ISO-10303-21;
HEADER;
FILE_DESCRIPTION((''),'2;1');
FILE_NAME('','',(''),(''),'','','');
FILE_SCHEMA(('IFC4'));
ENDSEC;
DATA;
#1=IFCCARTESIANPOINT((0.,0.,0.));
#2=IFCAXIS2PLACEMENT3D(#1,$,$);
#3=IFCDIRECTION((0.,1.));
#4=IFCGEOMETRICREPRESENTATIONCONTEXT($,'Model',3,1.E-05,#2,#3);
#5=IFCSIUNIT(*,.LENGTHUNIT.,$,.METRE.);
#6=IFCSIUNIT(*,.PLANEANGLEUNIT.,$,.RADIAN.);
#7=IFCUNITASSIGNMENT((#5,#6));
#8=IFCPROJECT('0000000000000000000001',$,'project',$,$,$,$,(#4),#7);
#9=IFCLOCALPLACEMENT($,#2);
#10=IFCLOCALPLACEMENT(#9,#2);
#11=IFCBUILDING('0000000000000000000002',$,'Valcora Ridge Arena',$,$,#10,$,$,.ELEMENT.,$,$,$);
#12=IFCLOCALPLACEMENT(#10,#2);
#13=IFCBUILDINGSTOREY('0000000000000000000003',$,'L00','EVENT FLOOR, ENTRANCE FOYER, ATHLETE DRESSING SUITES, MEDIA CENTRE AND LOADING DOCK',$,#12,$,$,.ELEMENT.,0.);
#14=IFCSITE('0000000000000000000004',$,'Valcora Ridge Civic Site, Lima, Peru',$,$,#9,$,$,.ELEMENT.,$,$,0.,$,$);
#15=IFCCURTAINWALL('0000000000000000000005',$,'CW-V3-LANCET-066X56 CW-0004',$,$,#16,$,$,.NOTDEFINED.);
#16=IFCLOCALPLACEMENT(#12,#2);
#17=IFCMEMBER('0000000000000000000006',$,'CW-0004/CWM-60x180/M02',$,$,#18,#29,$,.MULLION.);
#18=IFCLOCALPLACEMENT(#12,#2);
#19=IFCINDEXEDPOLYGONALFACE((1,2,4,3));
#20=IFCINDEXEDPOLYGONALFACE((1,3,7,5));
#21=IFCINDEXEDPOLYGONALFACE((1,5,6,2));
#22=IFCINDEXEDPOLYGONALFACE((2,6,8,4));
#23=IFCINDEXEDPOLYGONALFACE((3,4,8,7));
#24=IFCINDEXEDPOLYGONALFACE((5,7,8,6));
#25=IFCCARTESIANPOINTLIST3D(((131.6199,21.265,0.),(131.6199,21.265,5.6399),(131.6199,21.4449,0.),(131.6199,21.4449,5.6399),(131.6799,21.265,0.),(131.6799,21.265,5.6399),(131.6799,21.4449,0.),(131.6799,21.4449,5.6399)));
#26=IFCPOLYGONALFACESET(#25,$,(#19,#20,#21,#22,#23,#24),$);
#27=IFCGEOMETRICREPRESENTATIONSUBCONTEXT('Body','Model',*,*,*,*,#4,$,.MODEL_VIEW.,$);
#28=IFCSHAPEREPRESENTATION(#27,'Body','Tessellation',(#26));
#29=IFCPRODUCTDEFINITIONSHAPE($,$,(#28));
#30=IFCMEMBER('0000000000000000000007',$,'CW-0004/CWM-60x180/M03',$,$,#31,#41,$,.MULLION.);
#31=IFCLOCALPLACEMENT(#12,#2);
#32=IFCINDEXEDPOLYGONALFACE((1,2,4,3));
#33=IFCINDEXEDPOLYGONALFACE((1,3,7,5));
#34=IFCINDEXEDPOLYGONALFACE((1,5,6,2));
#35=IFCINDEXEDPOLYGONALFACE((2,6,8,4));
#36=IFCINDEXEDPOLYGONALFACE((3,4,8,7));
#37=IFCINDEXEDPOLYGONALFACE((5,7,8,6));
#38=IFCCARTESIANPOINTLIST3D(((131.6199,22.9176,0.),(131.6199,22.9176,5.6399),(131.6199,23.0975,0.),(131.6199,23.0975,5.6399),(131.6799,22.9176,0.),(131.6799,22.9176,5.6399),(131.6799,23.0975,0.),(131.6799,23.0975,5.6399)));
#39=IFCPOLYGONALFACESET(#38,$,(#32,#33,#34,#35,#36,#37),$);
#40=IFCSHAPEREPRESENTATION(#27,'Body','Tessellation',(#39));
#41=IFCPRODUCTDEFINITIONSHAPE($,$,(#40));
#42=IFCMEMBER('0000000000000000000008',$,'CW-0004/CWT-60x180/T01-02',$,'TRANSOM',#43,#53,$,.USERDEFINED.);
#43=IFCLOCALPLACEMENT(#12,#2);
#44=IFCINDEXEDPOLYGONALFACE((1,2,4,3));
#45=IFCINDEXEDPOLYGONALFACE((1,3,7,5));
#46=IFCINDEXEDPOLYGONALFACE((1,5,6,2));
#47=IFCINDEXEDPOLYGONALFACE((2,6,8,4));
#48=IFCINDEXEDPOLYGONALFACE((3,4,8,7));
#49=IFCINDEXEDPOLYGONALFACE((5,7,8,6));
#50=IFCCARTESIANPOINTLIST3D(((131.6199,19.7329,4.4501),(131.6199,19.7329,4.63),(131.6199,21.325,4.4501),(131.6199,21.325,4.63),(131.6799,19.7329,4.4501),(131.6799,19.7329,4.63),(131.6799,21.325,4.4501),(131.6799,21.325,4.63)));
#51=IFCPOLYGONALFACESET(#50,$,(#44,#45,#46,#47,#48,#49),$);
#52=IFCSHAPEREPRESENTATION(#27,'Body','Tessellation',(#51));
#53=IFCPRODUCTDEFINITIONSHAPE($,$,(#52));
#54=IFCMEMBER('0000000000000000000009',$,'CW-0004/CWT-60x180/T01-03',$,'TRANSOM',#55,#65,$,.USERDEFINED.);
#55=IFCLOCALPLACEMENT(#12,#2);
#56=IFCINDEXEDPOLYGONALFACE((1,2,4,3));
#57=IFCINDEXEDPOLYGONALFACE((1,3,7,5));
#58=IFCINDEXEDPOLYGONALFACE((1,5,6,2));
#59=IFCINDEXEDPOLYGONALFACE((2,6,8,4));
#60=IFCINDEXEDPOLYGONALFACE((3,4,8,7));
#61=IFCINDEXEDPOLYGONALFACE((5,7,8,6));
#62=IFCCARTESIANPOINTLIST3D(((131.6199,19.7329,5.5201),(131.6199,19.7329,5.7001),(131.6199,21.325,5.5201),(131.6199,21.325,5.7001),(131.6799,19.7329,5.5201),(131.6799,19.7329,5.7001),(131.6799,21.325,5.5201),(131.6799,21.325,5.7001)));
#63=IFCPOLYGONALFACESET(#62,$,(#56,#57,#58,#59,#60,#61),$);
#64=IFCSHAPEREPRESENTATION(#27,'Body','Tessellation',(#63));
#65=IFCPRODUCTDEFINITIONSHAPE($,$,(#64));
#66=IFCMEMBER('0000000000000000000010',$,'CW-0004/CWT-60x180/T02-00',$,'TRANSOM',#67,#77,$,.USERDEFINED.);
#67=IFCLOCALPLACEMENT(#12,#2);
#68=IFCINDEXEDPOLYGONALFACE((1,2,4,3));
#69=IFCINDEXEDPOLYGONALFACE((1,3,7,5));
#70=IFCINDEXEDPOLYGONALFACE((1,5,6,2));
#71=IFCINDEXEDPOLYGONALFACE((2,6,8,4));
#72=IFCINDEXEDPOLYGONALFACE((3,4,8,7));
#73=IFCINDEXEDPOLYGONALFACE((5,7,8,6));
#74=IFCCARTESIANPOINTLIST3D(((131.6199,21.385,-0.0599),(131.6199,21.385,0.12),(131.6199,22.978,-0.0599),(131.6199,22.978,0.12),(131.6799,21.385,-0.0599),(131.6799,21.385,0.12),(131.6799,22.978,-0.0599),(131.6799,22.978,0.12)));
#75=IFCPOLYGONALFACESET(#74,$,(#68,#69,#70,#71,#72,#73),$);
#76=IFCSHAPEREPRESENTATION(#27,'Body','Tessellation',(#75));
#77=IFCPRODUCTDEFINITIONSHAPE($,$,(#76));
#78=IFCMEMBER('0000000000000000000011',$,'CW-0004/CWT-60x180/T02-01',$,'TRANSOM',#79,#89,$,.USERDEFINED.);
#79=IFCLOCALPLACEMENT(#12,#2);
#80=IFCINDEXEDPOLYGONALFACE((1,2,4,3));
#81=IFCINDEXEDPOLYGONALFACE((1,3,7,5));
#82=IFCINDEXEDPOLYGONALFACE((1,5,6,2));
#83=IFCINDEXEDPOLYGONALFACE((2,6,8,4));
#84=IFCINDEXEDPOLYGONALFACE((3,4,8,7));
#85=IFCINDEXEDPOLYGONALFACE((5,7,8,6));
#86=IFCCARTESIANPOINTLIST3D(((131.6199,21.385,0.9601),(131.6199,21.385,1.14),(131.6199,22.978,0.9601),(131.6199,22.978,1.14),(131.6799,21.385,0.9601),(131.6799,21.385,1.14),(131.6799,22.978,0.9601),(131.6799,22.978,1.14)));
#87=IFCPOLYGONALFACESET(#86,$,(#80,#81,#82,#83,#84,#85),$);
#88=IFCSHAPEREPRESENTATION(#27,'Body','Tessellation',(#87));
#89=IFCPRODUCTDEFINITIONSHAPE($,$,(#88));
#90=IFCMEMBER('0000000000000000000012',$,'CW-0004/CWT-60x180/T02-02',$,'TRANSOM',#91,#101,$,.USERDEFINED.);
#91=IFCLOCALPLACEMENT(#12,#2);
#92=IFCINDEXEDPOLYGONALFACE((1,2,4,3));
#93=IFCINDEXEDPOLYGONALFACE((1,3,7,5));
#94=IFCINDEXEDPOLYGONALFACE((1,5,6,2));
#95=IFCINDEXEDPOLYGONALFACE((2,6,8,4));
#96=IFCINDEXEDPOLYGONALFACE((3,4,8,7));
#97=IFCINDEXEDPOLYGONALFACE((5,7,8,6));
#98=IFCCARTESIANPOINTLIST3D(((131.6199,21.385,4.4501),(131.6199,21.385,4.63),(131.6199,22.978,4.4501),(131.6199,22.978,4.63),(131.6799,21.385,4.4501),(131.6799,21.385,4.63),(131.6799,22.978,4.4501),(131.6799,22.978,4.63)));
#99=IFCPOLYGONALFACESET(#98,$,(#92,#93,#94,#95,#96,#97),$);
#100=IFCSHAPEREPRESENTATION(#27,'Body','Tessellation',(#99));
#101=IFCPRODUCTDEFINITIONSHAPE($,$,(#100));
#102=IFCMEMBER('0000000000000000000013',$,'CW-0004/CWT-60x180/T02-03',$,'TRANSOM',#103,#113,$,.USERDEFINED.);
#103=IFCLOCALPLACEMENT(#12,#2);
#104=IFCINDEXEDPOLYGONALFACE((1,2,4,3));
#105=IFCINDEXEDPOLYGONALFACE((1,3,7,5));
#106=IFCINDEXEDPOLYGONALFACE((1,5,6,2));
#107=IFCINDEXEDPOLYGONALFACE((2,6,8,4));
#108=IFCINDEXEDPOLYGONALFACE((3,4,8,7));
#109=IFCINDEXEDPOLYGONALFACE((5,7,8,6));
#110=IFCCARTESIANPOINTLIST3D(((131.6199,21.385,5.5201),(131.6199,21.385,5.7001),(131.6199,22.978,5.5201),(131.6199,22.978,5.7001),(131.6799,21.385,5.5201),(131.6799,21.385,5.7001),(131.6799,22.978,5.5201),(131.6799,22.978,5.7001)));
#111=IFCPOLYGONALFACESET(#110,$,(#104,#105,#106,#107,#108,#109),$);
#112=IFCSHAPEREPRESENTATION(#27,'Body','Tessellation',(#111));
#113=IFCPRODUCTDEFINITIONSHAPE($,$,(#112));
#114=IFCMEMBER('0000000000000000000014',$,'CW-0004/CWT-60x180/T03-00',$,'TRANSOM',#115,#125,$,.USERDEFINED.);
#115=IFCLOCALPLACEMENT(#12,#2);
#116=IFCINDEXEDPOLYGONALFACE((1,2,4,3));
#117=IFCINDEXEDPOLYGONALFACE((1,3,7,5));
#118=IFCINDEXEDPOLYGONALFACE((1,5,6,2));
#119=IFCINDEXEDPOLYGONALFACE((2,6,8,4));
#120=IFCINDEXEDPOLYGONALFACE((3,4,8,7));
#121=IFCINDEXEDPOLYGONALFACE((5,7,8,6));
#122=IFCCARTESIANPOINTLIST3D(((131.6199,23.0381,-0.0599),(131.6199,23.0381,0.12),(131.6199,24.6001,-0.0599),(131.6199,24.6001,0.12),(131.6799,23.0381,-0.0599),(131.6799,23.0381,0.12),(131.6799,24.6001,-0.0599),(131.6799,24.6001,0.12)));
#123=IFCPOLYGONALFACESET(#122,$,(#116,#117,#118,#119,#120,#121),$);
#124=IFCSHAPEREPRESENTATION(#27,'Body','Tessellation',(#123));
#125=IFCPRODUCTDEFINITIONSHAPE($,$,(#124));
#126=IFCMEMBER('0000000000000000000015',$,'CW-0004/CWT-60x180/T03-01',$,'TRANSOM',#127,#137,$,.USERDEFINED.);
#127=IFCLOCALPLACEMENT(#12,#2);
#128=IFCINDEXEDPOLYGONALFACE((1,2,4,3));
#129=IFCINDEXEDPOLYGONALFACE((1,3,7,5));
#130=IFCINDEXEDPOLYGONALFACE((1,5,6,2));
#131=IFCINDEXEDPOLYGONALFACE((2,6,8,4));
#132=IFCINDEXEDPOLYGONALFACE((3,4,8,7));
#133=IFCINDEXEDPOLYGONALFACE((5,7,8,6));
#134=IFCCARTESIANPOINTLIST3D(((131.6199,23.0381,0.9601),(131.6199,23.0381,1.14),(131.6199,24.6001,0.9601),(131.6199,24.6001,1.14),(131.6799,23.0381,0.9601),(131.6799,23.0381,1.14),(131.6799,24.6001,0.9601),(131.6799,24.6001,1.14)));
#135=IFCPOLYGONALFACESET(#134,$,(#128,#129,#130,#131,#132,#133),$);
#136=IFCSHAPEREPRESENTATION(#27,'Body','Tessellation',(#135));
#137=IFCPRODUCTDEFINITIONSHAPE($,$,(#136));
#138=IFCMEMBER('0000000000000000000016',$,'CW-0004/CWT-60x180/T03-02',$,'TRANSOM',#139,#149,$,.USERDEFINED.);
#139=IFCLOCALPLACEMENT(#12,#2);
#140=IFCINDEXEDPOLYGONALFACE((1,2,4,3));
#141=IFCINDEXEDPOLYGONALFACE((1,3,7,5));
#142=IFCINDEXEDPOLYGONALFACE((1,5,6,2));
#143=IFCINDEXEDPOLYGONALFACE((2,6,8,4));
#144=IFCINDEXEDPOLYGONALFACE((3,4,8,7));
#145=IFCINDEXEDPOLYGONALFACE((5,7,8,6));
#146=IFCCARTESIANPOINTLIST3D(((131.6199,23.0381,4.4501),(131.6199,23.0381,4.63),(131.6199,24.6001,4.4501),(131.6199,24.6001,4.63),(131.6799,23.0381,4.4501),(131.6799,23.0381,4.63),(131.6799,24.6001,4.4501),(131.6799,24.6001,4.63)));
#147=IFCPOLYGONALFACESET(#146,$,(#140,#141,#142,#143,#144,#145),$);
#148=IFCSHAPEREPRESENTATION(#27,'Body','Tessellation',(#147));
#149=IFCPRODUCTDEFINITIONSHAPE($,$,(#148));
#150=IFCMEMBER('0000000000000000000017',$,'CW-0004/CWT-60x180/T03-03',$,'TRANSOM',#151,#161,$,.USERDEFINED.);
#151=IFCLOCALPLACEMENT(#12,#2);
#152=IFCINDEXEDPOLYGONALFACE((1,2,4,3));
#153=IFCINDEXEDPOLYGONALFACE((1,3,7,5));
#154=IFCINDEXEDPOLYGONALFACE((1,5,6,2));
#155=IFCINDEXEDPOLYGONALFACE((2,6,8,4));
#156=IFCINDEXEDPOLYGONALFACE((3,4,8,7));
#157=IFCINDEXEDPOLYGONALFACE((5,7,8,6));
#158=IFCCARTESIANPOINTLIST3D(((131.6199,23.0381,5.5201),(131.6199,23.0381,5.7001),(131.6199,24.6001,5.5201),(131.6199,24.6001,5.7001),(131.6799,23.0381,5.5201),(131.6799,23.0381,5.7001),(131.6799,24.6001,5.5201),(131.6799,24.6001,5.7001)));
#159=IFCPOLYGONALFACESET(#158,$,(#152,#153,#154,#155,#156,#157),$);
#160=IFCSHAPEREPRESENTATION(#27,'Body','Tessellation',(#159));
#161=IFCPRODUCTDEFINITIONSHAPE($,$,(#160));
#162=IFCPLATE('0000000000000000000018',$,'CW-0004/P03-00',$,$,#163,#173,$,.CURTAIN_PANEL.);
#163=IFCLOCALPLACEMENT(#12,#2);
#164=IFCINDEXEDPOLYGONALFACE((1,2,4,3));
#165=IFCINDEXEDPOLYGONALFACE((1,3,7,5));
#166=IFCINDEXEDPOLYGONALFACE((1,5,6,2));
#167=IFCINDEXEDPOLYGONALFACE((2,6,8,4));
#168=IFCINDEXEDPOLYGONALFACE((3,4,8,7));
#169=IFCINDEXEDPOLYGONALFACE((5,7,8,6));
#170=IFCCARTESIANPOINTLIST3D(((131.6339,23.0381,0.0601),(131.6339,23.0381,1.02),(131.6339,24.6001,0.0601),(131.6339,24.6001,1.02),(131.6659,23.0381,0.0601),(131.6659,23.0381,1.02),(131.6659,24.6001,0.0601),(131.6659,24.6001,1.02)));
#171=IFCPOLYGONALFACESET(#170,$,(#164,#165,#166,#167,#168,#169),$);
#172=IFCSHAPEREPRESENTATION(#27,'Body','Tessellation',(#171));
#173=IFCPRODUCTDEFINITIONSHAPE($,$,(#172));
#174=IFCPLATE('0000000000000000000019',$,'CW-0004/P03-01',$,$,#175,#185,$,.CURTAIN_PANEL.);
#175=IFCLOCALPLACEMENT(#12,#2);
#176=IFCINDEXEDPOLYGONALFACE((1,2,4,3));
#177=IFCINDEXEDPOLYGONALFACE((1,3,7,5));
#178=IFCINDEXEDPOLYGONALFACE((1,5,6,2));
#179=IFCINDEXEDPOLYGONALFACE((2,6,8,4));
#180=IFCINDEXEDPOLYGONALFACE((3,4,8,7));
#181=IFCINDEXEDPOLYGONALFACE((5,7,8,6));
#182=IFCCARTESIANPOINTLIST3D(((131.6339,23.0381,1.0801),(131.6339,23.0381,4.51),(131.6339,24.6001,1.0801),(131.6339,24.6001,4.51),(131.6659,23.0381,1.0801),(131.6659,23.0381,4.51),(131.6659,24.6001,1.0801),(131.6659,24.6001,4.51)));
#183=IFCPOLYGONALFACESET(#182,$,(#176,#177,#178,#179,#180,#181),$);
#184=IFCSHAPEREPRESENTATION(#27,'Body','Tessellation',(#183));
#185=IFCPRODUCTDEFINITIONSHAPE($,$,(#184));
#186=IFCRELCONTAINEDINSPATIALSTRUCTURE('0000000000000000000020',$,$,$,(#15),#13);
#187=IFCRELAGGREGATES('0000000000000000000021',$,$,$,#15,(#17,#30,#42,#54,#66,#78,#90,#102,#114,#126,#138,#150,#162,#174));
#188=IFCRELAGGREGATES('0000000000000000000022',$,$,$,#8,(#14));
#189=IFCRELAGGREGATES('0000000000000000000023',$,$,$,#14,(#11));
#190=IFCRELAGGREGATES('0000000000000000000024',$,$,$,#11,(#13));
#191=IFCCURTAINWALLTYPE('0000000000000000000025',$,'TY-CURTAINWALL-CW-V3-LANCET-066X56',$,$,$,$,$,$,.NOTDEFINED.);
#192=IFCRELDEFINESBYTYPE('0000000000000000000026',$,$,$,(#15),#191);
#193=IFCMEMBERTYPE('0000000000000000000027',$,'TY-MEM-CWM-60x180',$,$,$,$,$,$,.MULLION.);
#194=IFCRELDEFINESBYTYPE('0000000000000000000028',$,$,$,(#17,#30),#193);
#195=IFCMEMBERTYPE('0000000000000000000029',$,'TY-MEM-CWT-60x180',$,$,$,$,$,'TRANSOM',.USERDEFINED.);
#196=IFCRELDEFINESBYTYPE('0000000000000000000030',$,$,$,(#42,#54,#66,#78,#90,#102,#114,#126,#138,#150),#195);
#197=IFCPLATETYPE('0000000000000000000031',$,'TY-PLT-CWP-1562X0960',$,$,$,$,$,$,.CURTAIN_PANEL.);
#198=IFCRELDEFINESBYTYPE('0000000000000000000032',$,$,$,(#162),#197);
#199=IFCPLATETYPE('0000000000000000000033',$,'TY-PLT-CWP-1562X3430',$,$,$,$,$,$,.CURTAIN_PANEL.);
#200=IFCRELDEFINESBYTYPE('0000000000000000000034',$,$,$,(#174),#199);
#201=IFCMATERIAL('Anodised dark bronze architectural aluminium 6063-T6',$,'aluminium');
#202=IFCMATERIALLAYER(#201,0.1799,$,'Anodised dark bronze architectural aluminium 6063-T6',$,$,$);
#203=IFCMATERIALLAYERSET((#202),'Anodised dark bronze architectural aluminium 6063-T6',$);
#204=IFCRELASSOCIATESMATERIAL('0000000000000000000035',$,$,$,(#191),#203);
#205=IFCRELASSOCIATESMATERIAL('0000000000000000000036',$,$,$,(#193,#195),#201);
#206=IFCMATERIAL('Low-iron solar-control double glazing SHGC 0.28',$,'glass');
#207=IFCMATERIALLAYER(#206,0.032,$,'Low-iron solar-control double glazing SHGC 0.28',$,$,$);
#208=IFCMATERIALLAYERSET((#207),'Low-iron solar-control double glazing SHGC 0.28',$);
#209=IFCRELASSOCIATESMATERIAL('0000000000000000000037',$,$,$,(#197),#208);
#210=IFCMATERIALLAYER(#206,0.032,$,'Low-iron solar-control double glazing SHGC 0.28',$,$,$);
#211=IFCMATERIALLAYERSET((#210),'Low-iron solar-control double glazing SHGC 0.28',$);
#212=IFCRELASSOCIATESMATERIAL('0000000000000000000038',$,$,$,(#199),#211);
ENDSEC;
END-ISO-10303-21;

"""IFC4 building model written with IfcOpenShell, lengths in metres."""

from ifc_helpers import new_model, si_unit, direction, frame, origin, origin_2d, place, context, subcontext, project, spatial, rectangle, extrude, material, layer, layer_set, material_profile, profile_set, type_object, element, aggregate, save


model = new_model("IFC4")

# Units and contexts
model_context = context("Model", 3, precision=1e-05, world=origin(), true_north=direction((0.0, 1.0)))
body_context = subcontext(model_context, "Body", "Model", "MODEL_VIEW")
ifc_project = project(units=[si_unit("LENGTHUNIT", "METRE"), si_unit("PLANEANGLEUNIT", "RADIAN")], contexts=[model_context])

# Site, building, storey
site_placement = place(None, origin())
site = spatial("IfcSite", under=ifc_project, at=site_placement, Name="Valcora Ridge Civic Site, Lima, Peru", CompositionType="ELEMENT", RefElevation=0.0)
building_placement = place(site_placement, origin())
building = spatial("IfcBuilding", under=site, at=building_placement, Name="Valcora Ridge Arena", CompositionType="ELEMENT")
storey_placement = place(building_placement, origin())
storey = spatial("IfcBuildingStorey", under=building, at=storey_placement, Name="L00", Description="EVENT FLOOR, ENTRANCE FOYER, ATHLETE DRESSING SUITES, MEDIA CENTRE AND LOADING DOCK", CompositionType="ELEMENT", Elevation=0.0)

# Curtain wall, members, plates
ifc_material_1 = material(Name="Anodised dark bronze architectural aluminium 6063-T6", Category="aluminium")
ifc_layer_1 = layer(ifc_material_1, 0.1799, Name="Anodised dark bronze architectural aluminium 6063-T6")
ifc_layer_set_1 = layer_set([ifc_layer_1], Name="Anodised dark bronze architectural aluminium 6063-T6")
curtain_wall_type = type_object("IfcCurtainWallType", Name="TY-CURTAINWALL-CW-V3-LANCET-066X56", PredefinedType="NOTDEFINED", material=ifc_layer_set_1)
curtain_wall_placement = place(storey_placement, origin())
curtain_wall = element("IfcCurtainWall", 1, at=curtain_wall_placement, inside=storey, type_object=curtain_wall_type, Name="CW-V3-LANCET-066X56 CW-0004", PredefinedType="NOTDEFINED")
ifc_material_profile_1 = material_profile(ifc_material_1, rectangle(XDim=0.0601, YDim=0.1799, at=origin_2d()), Name="ALU MULLION 60x180")
ifc_profile_set_1 = profile_set([ifc_material_profile_1], Name="Anodised dark bronze architectural aluminium 6063-T6")
member_type_1 = type_object("IfcMemberType", Name="TY-MEM-CWM-60x180", PredefinedType="MULLION", material=ifc_profile_set_1)
member_1_placement = place(storey_placement, frame((131.6499, 21.355, 0.0), z_axis=(0.0, 0.0, 1.0), x_axis=(-1.0, 0.0, 0.0)))
member_1 = element("IfcMember", 2, at=member_1_placement, type_object=member_type_1, Name="CW-0004/CWM-60x180/M02", PredefinedType="MULLION", context=body_context, shape_type="SweptSolid", body=[
    extrude(rectangle(XDim=0.0601, YDim=0.1799, at=origin_2d()), origin(), (0.0, 0.0, 1.0), 5.6399),
])
member_2_placement = place(storey_placement, frame((131.6499, 23.0076, 0.0), z_axis=(0.0, 0.0, 1.0), x_axis=(-1.0, 0.0, 0.0)))
member_2 = element("IfcMember", 3, at=member_2_placement, type_object=member_type_1, Name="CW-0004/CWM-60x180/M03", PredefinedType="MULLION", context=body_context, shape_type="SweptSolid", body=[
    extrude(rectangle(XDim=0.0601, YDim=0.1799, at=origin_2d()), origin(), (0.0, 0.0, 1.0), 5.6399),
])
ifc_material_profile_2 = material_profile(ifc_material_1, rectangle(XDim=0.0601, YDim=0.1799, at=origin_2d()), Name="ALU TRANSOM 60x180")
ifc_profile_set_2 = profile_set([ifc_material_profile_2], Name="Anodised dark bronze architectural aluminium 6063-T6")
member_type_2 = type_object("IfcMemberType", Name="TY-MEM-CWT-60x180", ElementType="TRANSOM", PredefinedType="USERDEFINED", material=ifc_profile_set_2)
member_3_placement = place(storey_placement, frame((131.6499, 19.7329, 4.54), z_axis=(0.0, 1.0, 0.0), x_axis=(-1.0, 0.0, 0.0)))
member_3 = element("IfcMember", 4, at=member_3_placement, type_object=member_type_2, Name="CW-0004/CWT-60x180/T01-02", ObjectType="TRANSOM", PredefinedType="USERDEFINED", context=body_context, shape_type="SweptSolid", body=[
    extrude(rectangle(XDim=0.0601, YDim=0.1799, at=origin_2d()), origin(), (0.0, 0.0, 1.0), 1.592),
])
member_4_placement = place(storey_placement, frame((131.6499, 19.7329, 5.6101), z_axis=(0.0, 1.0, 0.0), x_axis=(-1.0, 0.0, 0.0)))
member_4 = element("IfcMember", 5, at=member_4_placement, type_object=member_type_2, Name="CW-0004/CWT-60x180/T01-03", ObjectType="TRANSOM", PredefinedType="USERDEFINED", context=body_context, shape_type="SweptSolid", body=[
    extrude(rectangle(XDim=0.0601, YDim=0.1799, at=origin_2d()), origin(), (0.0, 0.0, 1.0), 1.592),
])
member_5_placement = place(storey_placement, frame((131.6499, 21.385, 0.03), z_axis=(0.0, 1.0, 0.0), x_axis=(-1.0, 0.0, 0.0)))
member_5 = element("IfcMember", 6, at=member_5_placement, type_object=member_type_2, Name="CW-0004/CWT-60x180/T02-00", ObjectType="TRANSOM", PredefinedType="USERDEFINED", context=body_context, shape_type="SweptSolid", body=[
    extrude(rectangle(XDim=0.0601, YDim=0.1799, at=origin_2d()), origin(), (0.0, 0.0, 1.0), 1.593),
])
member_6_placement = place(storey_placement, frame((131.6499, 21.385, 1.05), z_axis=(0.0, 1.0, 0.0), x_axis=(-1.0, 0.0, 0.0)))
member_6 = element("IfcMember", 7, at=member_6_placement, type_object=member_type_2, Name="CW-0004/CWT-60x180/T02-01", ObjectType="TRANSOM", PredefinedType="USERDEFINED", context=body_context, shape_type="SweptSolid", body=[
    extrude(rectangle(XDim=0.0601, YDim=0.1799, at=origin_2d()), origin(), (0.0, 0.0, 1.0), 1.593),
])
member_7_placement = place(storey_placement, frame((131.6499, 21.385, 4.54), z_axis=(0.0, 1.0, 0.0), x_axis=(-1.0, 0.0, 0.0)))
member_7 = element("IfcMember", 8, at=member_7_placement, type_object=member_type_2, Name="CW-0004/CWT-60x180/T02-02", ObjectType="TRANSOM", PredefinedType="USERDEFINED", context=body_context, shape_type="SweptSolid", body=[
    extrude(rectangle(XDim=0.0601, YDim=0.1799, at=origin_2d()), origin(), (0.0, 0.0, 1.0), 1.593),
])
member_8_placement = place(storey_placement, frame((131.6499, 21.385, 5.6101), z_axis=(0.0, 1.0, 0.0), x_axis=(-1.0, 0.0, 0.0)))
member_8 = element("IfcMember", 9, at=member_8_placement, type_object=member_type_2, Name="CW-0004/CWT-60x180/T02-03", ObjectType="TRANSOM", PredefinedType="USERDEFINED", context=body_context, shape_type="SweptSolid", body=[
    extrude(rectangle(XDim=0.0601, YDim=0.1799, at=origin_2d()), origin(), (0.0, 0.0, 1.0), 1.593),
])
member_9_placement = place(storey_placement, frame((131.6499, 23.0381, 0.03), z_axis=(0.0, 1.0, 0.0), x_axis=(-1.0, 0.0, 0.0)))
member_9 = element("IfcMember", 10, at=member_9_placement, type_object=member_type_2, Name="CW-0004/CWT-60x180/T03-00", ObjectType="TRANSOM", PredefinedType="USERDEFINED", context=body_context, shape_type="SweptSolid", body=[
    extrude(rectangle(XDim=0.0601, YDim=0.1799, at=origin_2d()), origin(), (0.0, 0.0, 1.0), 1.562),
])
member_10_placement = place(storey_placement, frame((131.6499, 23.0381, 1.05), z_axis=(0.0, 1.0, 0.0), x_axis=(-1.0, 0.0, 0.0)))
member_10 = element("IfcMember", 11, at=member_10_placement, type_object=member_type_2, Name="CW-0004/CWT-60x180/T03-01", ObjectType="TRANSOM", PredefinedType="USERDEFINED", context=body_context, shape_type="SweptSolid", body=[
    extrude(rectangle(XDim=0.0601, YDim=0.1799, at=origin_2d()), origin(), (0.0, 0.0, 1.0), 1.562),
])
member_11_placement = place(storey_placement, frame((131.6499, 23.0381, 4.54), z_axis=(0.0, 1.0, 0.0), x_axis=(-1.0, 0.0, 0.0)))
member_11 = element("IfcMember", 12, at=member_11_placement, type_object=member_type_2, Name="CW-0004/CWT-60x180/T03-02", ObjectType="TRANSOM", PredefinedType="USERDEFINED", context=body_context, shape_type="SweptSolid", body=[
    extrude(rectangle(XDim=0.0601, YDim=0.1799, at=origin_2d()), origin(), (0.0, 0.0, 1.0), 1.562),
])
member_12_placement = place(storey_placement, frame((131.6499, 23.0381, 5.6101), z_axis=(0.0, 1.0, 0.0), x_axis=(-1.0, 0.0, 0.0)))
member_12 = element("IfcMember", 13, at=member_12_placement, type_object=member_type_2, Name="CW-0004/CWT-60x180/T03-03", ObjectType="TRANSOM", PredefinedType="USERDEFINED", context=body_context, shape_type="SweptSolid", body=[
    extrude(rectangle(XDim=0.0601, YDim=0.1799, at=origin_2d()), origin(), (0.0, 0.0, 1.0), 1.562),
])
ifc_material_2 = material(Name="Low-iron solar-control double glazing SHGC 0.28", Category="glass")
ifc_layer_2 = layer(ifc_material_2, 0.032, Name="Low-iron solar-control double glazing SHGC 0.28")
ifc_layer_set_2 = layer_set([ifc_layer_2], Name="Low-iron solar-control double glazing SHGC 0.28")
plate_type_1 = type_object("IfcPlateType", Name="TY-PLT-CWP-1562X0960", PredefinedType="CURTAIN_PANEL", material=ifc_layer_set_2)
plate_1_placement = place(storey_placement, frame((131.6499, 23.8191, 0.0601), z_axis=(0.0, 0.0, 1.0), x_axis=(0.0, 1.0, 0.0)))
plate_1 = element("IfcPlate", 14, at=plate_1_placement, type_object=plate_type_1, Name="CW-0004/P03-00", PredefinedType="CURTAIN_PANEL", context=body_context, shape_type="SweptSolid", body=[
    extrude(rectangle(XDim=1.562, YDim=0.032, at=origin_2d()), origin(), (0.0, 0.0, 1.0), 0.96),
])
ifc_layer_3 = layer(ifc_material_2, 0.032, Name="Low-iron solar-control double glazing SHGC 0.28")
ifc_layer_set_3 = layer_set([ifc_layer_3], Name="Low-iron solar-control double glazing SHGC 0.28")
plate_type_2 = type_object("IfcPlateType", Name="TY-PLT-CWP-1562X3430", PredefinedType="CURTAIN_PANEL", material=ifc_layer_set_3)
plate_2_placement = place(storey_placement, frame((131.6499, 23.8191, 1.0801), z_axis=(0.0, 0.0, 1.0), x_axis=(0.0, 1.0, 0.0)))
plate_2 = element("IfcPlate", 15, at=plate_2_placement, type_object=plate_type_2, Name="CW-0004/P03-01", PredefinedType="CURTAIN_PANEL", context=body_context, shape_type="SweptSolid", body=[
    extrude(rectangle(XDim=1.562, YDim=0.032, at=origin_2d()), origin(), (0.0, 0.0, 1.0), 3.4299),
])
aggregate(curtain_wall, [member_1, member_2, member_3, member_4, member_5, member_6, member_7, member_8, member_9, member_10, member_11, member_12, plate_1, plate_2])

save(model, "model.ifc")
